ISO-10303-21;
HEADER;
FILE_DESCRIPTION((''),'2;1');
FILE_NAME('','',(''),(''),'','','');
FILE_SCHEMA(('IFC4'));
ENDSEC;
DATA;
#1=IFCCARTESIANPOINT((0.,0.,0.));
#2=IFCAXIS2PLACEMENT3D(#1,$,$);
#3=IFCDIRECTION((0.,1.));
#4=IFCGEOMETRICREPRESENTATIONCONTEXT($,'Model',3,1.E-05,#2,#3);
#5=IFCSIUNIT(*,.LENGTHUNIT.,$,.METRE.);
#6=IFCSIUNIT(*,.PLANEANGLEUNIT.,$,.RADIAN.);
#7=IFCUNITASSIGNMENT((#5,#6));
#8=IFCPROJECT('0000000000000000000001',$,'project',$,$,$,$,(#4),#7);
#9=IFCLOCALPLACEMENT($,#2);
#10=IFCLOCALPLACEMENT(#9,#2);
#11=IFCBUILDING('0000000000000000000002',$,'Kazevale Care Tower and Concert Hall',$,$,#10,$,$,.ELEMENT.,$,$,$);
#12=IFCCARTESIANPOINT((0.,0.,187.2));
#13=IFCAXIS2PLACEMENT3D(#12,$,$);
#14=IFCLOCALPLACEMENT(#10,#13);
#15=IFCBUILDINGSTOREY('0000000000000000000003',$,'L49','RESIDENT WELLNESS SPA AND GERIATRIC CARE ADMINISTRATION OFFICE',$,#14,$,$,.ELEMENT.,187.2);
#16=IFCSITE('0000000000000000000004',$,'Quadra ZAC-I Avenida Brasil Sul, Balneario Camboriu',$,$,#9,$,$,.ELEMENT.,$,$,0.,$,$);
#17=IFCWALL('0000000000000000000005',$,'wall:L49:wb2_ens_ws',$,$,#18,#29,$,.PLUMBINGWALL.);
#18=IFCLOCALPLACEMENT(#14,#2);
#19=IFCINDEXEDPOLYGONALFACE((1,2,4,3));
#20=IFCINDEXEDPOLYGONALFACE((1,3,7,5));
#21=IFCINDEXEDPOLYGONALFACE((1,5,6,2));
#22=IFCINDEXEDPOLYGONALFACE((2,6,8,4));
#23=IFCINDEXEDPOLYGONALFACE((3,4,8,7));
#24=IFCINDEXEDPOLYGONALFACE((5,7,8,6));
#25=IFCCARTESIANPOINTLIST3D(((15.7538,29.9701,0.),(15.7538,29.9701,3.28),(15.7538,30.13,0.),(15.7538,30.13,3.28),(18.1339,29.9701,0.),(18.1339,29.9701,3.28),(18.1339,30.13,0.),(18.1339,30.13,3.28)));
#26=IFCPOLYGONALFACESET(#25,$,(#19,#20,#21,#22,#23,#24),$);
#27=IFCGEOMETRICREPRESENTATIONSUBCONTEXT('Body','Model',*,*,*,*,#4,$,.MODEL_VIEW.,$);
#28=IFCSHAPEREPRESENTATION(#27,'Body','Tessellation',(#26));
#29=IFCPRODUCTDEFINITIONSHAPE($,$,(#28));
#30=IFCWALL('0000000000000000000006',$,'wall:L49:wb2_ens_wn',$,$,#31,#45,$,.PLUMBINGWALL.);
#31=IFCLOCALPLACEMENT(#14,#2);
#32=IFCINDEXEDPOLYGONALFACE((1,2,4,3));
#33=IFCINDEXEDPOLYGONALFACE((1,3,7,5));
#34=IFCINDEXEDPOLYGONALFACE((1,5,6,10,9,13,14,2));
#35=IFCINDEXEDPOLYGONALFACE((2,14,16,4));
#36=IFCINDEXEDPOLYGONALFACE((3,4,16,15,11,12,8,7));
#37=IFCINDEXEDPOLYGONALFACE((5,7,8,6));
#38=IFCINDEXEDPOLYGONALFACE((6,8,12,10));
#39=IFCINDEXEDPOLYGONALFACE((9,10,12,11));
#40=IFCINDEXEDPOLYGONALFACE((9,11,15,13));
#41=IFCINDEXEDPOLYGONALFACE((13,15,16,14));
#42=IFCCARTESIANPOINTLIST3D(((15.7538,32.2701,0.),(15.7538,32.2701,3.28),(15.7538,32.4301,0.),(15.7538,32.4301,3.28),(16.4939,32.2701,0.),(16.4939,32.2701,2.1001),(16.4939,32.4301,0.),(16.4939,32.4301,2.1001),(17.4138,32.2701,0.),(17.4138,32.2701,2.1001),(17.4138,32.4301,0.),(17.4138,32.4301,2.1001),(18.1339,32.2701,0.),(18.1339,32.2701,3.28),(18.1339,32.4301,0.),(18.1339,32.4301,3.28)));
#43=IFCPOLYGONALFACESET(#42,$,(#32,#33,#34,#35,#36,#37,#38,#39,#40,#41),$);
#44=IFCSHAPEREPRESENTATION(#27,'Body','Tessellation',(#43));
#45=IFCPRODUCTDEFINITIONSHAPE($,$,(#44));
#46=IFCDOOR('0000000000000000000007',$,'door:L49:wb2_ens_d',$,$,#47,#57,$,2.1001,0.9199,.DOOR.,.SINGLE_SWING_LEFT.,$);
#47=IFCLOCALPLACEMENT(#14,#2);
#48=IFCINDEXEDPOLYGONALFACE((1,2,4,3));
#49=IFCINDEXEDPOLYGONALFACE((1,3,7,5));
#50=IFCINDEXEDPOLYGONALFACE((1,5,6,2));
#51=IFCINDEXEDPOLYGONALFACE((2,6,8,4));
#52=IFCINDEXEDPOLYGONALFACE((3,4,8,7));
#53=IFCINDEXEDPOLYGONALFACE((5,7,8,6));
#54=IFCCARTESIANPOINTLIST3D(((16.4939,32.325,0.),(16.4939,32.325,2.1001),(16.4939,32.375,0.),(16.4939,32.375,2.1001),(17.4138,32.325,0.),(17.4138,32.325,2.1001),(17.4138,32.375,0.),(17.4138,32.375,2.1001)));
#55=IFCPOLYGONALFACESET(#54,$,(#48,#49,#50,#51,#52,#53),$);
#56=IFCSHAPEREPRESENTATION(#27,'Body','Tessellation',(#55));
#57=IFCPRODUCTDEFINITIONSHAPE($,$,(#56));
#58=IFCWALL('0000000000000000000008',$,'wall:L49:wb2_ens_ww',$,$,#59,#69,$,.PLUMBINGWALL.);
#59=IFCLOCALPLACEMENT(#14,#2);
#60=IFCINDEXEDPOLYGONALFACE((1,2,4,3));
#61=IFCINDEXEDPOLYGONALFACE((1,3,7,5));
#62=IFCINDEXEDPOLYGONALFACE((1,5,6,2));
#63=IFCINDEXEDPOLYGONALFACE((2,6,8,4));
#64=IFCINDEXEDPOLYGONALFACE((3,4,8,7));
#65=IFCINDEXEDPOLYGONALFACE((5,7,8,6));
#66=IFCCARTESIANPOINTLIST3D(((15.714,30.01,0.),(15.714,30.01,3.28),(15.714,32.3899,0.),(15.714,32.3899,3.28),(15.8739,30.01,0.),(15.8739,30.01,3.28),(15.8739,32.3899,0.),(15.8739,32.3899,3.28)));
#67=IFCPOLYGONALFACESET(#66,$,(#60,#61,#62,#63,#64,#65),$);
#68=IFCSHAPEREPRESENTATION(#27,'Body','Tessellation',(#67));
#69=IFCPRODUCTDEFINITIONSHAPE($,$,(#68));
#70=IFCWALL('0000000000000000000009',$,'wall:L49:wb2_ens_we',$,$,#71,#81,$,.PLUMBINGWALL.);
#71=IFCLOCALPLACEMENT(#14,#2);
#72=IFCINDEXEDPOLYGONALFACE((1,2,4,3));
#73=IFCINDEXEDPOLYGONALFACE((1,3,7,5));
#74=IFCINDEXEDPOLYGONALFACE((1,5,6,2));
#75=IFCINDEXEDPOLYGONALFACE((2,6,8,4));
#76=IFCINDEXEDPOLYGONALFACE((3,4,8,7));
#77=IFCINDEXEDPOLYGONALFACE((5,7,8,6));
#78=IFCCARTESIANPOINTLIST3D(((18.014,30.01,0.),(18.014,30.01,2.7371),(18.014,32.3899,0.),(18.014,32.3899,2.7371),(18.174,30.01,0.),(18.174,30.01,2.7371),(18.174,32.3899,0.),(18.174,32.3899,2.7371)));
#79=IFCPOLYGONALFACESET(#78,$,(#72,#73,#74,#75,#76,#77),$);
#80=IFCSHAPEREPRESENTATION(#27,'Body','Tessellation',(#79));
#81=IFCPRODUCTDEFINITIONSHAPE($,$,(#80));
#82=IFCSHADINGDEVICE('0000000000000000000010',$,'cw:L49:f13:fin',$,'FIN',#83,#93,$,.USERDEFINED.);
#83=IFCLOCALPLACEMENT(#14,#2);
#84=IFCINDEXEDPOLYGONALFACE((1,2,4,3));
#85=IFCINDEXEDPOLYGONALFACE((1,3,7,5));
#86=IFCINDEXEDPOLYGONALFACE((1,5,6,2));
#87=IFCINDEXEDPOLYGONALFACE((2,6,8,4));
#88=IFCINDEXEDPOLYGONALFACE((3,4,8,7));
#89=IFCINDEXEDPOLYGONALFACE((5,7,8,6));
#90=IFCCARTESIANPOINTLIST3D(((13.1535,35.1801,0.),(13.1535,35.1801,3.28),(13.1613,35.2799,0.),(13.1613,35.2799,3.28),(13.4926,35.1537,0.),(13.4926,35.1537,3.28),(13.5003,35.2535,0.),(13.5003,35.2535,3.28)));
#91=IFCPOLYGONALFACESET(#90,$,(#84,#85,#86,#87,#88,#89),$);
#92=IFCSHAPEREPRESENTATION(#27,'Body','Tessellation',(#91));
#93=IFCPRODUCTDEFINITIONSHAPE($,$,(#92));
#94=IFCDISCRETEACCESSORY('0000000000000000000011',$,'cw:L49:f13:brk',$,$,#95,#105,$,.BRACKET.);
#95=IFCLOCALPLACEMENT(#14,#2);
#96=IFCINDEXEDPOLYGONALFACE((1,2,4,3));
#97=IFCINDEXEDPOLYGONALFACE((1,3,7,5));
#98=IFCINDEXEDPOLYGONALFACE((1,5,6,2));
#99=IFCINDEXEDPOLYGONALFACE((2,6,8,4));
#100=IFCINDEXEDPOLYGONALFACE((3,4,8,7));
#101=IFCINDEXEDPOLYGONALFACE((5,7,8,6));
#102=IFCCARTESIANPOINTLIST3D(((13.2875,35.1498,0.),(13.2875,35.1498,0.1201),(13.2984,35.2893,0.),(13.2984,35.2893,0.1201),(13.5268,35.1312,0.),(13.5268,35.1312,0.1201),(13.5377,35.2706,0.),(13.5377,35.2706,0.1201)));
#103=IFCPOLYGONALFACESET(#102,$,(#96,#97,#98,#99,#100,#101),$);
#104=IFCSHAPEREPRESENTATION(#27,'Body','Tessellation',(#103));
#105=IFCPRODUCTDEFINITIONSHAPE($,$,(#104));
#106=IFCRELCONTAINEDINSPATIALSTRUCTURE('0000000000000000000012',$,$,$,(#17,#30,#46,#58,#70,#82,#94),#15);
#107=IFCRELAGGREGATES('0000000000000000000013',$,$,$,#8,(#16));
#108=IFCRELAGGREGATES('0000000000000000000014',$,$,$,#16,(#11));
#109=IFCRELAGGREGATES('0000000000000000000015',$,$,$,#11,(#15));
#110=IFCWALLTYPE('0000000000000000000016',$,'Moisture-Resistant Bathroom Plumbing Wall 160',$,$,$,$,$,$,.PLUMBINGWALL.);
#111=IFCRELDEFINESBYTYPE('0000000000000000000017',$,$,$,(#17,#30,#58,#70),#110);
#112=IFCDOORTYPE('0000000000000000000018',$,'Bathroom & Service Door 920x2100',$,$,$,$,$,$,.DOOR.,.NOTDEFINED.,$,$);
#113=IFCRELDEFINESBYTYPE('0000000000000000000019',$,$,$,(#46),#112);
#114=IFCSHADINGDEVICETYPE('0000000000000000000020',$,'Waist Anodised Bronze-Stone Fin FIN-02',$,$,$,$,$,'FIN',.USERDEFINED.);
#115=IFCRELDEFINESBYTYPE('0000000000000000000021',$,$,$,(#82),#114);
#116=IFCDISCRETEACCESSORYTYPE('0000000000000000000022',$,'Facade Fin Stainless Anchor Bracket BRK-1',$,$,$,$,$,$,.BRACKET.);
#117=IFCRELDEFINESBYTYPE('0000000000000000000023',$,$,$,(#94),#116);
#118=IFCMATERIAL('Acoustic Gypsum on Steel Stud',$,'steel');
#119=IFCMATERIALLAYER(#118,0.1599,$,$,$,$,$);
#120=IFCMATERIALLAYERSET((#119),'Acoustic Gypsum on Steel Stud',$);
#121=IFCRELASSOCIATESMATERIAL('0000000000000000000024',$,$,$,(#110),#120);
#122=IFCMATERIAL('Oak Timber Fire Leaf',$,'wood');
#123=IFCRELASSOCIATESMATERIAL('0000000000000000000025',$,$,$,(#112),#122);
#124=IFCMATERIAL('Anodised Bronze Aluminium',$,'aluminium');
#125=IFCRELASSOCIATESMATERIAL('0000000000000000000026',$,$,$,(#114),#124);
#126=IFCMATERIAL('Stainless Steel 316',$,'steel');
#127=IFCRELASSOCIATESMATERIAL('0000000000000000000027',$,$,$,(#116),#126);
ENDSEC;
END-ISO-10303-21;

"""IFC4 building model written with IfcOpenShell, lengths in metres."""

from ifc_helpers import new_model, si_unit, direction, frame, frame_2d, origin, origin_2d, place, context, subcontext, project, spatial, rectangle, extrude, material, layer, layer_set, type_object, element, fill, save


model = new_model("IFC4")

# Units and contexts
model_context = context("Model", 3, precision=1e-05, world=origin(), true_north=direction((0.0, 1.0)))
body_context = subcontext(model_context, "Body", "Model", "MODEL_VIEW")
ifc_project = project(units=[si_unit("LENGTHUNIT", "METRE"), si_unit("PLANEANGLEUNIT", "RADIAN")], contexts=[model_context])

# Site, building, storey
site_placement = place(None, origin())
site = spatial("IfcSite", under=ifc_project, at=site_placement, Name="Quadra ZAC-I Avenida Brasil Sul, Balneario Camboriu", CompositionType="ELEMENT", RefElevation=0.0)
building_placement = place(site_placement, origin())
building = spatial("IfcBuilding", under=site, at=building_placement, Name="Kazevale Care Tower and Concert Hall", CompositionType="ELEMENT")
storey_placement = place(building_placement, frame((0.0, 0.0, 187.2)))
storey = spatial("IfcBuildingStorey", under=building, at=storey_placement, Name="L49", Description="RESIDENT WELLNESS SPA AND GERIATRIC CARE ADMINISTRATION OFFICE", CompositionType="ELEMENT", Elevation=187.2)

# Wall
ifc_material_1 = material(Name="Acoustic Gypsum on Steel Stud", Category="steel")
ifc_layer_1 = layer(ifc_material_1, 0.1599)
ifc_layer_set_1 = layer_set([ifc_layer_1], Name="Acoustic Gypsum on Steel Stud")
wall_type_1 = type_object("IfcWallType", Name="Moisture-Resistant Bathroom Plumbing Wall 160", PredefinedType="PLUMBINGWALL", material=ifc_layer_set_1)
wall_1_placement = place(storey_placement, frame((15.7539, 30.05, 0.0), z_axis=(0.0, 0.0, 1.0), x_axis=(1.0, 0.0, 0.0)))
element("IfcWall", 1, at=wall_1_placement, inside=storey, type_object=wall_type_1, Name="wall:L49:wb2_ens_ws", PredefinedType="PLUMBINGWALL", context=body_context, shape_type="SweptSolid", body=[
    extrude(rectangle(XDim=2.3801, YDim=0.1599, at=frame_2d((1.1899, 0.0))), origin(), (0.0, 0.0, 1.0), 3.28),
])

# Wall, opening, door
wall_2_placement = place(storey_placement, frame((15.7539, 32.3501, 0.0), z_axis=(0.0, 0.0, 1.0), x_axis=(1.0, 0.0, 0.0)))
wall_2 = element("IfcWall", 2, at=wall_2_placement, inside=storey, type_object=wall_type_1, Name="wall:L49:wb2_ens_wn", PredefinedType="PLUMBINGWALL", context=body_context, shape_type="SweptSolid", body=[
    extrude(rectangle(XDim=2.3801, YDim=0.1599, at=frame_2d((1.1899, 0.0))), origin(), (0.0, 0.0, 1.0), 3.28),
])
opening_placement = place(wall_2_placement, frame((0.74, 0.0, 0.0)))
opening = element("IfcOpeningElement", 3, at=opening_placement, cuts=wall_2, PredefinedType="OPENING", context=body_context, shape_type="SweptSolid", body=[
    extrude(rectangle(XDim=0.9199, YDim=2.1001, at=frame_2d((0.46, 1.05))), frame((0.0, 0.0898, 0.0), z_axis=(0.0, -1.0, 0.0), x_axis=(1.0, 0.0, 0.0)), (0.0, 0.0, 1.0), 0.1799),
])
ifc_material_2 = material(Name="Oak Timber Fire Leaf", Category="wood")
door_type = type_object("IfcDoorType", Name="Bathroom & Service Door 920x2100", OperationType="NOTDEFINED", PredefinedType="DOOR", material=ifc_material_2)
door_placement = place(opening_placement, origin())
door = element("IfcDoor", 4, at=door_placement, inside=storey, type_object=door_type, Name="door:L49:wb2_ens_d", OperationType="SINGLE_SWING_LEFT", OverallHeight=2.1001, OverallWidth=0.9199, PredefinedType="DOOR", context=body_context, shape_type="SweptSolid", body=[
    extrude(rectangle(XDim=0.9199, YDim=2.1001, at=frame_2d((0.46, 1.05))), frame((0.0, 0.0249, 0.0), z_axis=(0.0, -1.0, 0.0), x_axis=(1.0, 0.0, 0.0)), (0.0, 0.0, 1.0), 0.05),
])
fill(opening, door)

# Walls
wall_3_placement = place(storey_placement, frame((15.7939, 30.01, 0.0), z_axis=(0.0, 0.0, 1.0), x_axis=(0.0, 1.0, 0.0)))
element("IfcWall", 5, at=wall_3_placement, inside=storey, type_object=wall_type_1, Name="wall:L49:wb2_ens_ww", PredefinedType="PLUMBINGWALL", context=body_context, shape_type="SweptSolid", body=[
    extrude(rectangle(XDim=2.3799, YDim=0.1599, at=frame_2d((1.1899, 0.0))), origin(), (0.0, 0.0, 1.0), 3.28),
])
wall_4_placement = place(storey_placement, frame((18.094, 30.01, 0.0), z_axis=(0.0, 0.0, 1.0), x_axis=(0.0, 1.0, 0.0)))
element("IfcWall", 6, at=wall_4_placement, inside=storey, type_object=wall_type_1, Name="wall:L49:wb2_ens_we", PredefinedType="PLUMBINGWALL", context=body_context, shape_type="SweptSolid", body=[
    extrude(rectangle(XDim=2.3799, YDim=0.1599, at=frame_2d((1.1899, 0.0))), origin(), (0.0, 0.0, 1.0), 2.7371),
])

# Shading device
ifc_material_3 = material(Name="Anodised Bronze Aluminium", Category="aluminium")
shading_device_type = type_object("IfcShadingDeviceType", Name="Waist Anodised Bronze-Stone Fin FIN-02", ElementType="FIN", PredefinedType="USERDEFINED", material=ifc_material_3)
shading_device_placement = place(storey_placement, frame((13.3269, 35.2168, 0.0), z_axis=(0.0, 0.0, 1.0), x_axis=(-0.996985, 0.077589, 0.0)))
element("IfcShadingDevice", 7, at=shading_device_placement, inside=storey, type_object=shading_device_type, Name="cw:L49:f13:fin", ObjectType="FIN", PredefinedType="USERDEFINED", context=body_context, shape_type="SweptSolid", body=[
    extrude(rectangle(XDim=0.3401, YDim=0.1001, at=origin_2d()), origin(), (0.0, 0.0, 1.0), 3.28),
])

# Discrete accessory
ifc_material_4 = material(Name="Stainless Steel 316", Category="steel")
discrete_accessory_type = type_object("IfcDiscreteAccessoryType", Name="Facade Fin Stainless Anchor Bracket BRK-1", PredefinedType="BRACKET", material=ifc_material_4)
discrete_accessory_placement = place(storey_placement, frame((13.4126, 35.2102, 0.0), z_axis=(0.0, 0.0, 1.0), x_axis=(-0.996985, 0.077589, 0.0)))
element("IfcDiscreteAccessory", 8, at=discrete_accessory_placement, inside=storey, type_object=discrete_accessory_type, Name="cw:L49:f13:brk", PredefinedType="BRACKET", context=body_context, shape_type="SweptSolid", body=[
    extrude(rectangle(XDim=0.24, YDim=0.1399, at=origin_2d()), origin(), (0.0, 0.0, 1.0), 0.1201),
])

save(model, "model.ifc")
